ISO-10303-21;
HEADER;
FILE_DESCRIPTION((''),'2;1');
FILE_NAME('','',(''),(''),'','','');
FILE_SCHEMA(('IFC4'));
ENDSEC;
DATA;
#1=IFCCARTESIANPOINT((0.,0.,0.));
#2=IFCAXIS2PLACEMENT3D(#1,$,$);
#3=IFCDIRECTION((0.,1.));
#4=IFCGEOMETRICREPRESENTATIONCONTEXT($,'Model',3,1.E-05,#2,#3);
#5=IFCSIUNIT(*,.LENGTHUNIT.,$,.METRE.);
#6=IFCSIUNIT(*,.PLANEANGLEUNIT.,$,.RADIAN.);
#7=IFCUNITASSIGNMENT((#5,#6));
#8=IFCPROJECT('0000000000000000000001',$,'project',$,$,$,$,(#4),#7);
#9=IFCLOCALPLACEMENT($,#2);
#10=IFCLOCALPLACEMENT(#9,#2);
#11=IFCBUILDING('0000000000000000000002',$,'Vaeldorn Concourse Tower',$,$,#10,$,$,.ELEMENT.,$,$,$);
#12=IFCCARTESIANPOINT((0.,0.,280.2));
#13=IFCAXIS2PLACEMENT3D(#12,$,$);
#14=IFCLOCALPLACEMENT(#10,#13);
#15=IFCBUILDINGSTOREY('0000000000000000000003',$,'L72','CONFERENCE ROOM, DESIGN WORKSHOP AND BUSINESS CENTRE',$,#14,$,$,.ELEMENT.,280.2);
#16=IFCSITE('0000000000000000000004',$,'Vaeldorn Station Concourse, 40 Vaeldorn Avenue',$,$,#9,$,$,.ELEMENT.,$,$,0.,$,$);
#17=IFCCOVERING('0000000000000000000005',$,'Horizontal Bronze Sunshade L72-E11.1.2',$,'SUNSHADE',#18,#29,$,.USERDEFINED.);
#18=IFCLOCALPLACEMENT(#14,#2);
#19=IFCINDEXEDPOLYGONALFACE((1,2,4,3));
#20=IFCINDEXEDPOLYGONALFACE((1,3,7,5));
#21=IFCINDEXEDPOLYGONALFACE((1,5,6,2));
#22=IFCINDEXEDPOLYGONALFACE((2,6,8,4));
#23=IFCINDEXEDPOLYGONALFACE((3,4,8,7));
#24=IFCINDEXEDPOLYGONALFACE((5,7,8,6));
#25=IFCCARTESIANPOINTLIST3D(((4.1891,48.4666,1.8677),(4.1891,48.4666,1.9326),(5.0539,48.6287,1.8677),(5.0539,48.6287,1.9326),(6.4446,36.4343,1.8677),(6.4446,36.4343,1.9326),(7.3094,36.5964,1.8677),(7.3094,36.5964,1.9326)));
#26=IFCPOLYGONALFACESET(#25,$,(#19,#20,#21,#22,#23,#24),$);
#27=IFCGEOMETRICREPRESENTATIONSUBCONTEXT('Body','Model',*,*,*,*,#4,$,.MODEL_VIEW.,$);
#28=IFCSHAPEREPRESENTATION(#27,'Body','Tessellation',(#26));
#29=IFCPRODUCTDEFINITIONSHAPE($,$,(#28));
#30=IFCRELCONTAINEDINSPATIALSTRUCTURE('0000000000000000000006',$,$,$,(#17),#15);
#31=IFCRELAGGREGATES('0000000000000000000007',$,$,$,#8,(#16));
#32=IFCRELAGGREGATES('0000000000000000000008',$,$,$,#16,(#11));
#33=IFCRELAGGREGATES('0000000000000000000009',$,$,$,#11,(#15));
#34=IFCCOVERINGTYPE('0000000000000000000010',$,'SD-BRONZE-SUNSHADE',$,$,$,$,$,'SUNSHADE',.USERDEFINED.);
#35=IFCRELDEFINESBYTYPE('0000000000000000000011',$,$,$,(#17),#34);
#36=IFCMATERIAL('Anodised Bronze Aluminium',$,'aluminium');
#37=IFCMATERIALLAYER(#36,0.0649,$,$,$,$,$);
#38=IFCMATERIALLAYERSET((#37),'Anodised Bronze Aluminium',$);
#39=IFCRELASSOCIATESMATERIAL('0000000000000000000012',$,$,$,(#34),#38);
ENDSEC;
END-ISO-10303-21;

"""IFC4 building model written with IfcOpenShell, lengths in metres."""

from ifc_helpers import new_model, si_unit, direction, frame, origin, origin_2d, place, context, subcontext, project, spatial, rectangle, extrude, source, transform, mapped, material, layer, layer_set, type_object, element, save


model = new_model("IFC4")

# Units and contexts
model_context = context("Model", 3, precision=1e-05, world=origin(), true_north=direction((0.0, 1.0)))
body_context = subcontext(model_context, "Body", "Model", "MODEL_VIEW")
ifc_project = project(units=[si_unit("LENGTHUNIT", "METRE"), si_unit("PLANEANGLEUNIT", "RADIAN")], contexts=[model_context])

# Site, building, storey
site_placement = place(None, origin())
site = spatial("IfcSite", under=ifc_project, at=site_placement, Name="Vaeldorn Station Concourse, 40 Vaeldorn Avenue", CompositionType="ELEMENT", RefElevation=0.0)
building_placement = place(site_placement, origin())
building = spatial("IfcBuilding", under=site, at=building_placement, Name="Vaeldorn Concourse Tower", CompositionType="ELEMENT")
storey_placement = place(building_placement, frame((0.0, 0.0, 280.2)))
storey = spatial("IfcBuildingStorey", under=building, at=storey_placement, Name="L72", Description="CONFERENCE ROOM, DESIGN WORKSHOP AND BUSINESS CENTRE", CompositionType="ELEMENT", Elevation=280.2)

# Shared definitions
ifc_material_1 = material(Name="Anodised Bronze Aluminium", Category="aluminium")

# Covering
ifc_layer_1 = layer(ifc_material_1, 0.0649)
ifc_layer_set_1 = layer_set([ifc_layer_1], Name="Anodised Bronze Aluminium")
covering_type = type_object("IfcCoveringType", Name="SD-BRONZE-SUNSHADE", ElementType="SUNSHADE", PredefinedType="USERDEFINED", material=ifc_layer_set_1)
shared_shape_1 = source(origin(), body_context, "Body", "SweptSolid", [
    extrude(rectangle(XDim=12.2419, YDim=0.8799, at=origin_2d()), origin(), (0.0, 0.0, 1.0), 0.0649),
])
for number, where, z_axis, x_axis, name in (
    (1, (5.7493, 42.5315, 1.8677), (0.0, 0.0, 1.0), (0.184243, -0.982881, 0.0), "Horizontal Bronze Sunshade L72-E11.1.2"),
):
    element("IfcCovering", number, at=place(storey_placement, frame(where, z_axis=z_axis, x_axis=x_axis)), inside=storey, type_object=covering_type, Name=name, ObjectType="SUNSHADE", PredefinedType="USERDEFINED", context=body_context, shape_type="MappedRepresentation", body=[
        mapped(shared_shape_1, transform((0.0, 0.0, 0.0), scale=1.0)),
    ])

save(model, "model.ifc")
